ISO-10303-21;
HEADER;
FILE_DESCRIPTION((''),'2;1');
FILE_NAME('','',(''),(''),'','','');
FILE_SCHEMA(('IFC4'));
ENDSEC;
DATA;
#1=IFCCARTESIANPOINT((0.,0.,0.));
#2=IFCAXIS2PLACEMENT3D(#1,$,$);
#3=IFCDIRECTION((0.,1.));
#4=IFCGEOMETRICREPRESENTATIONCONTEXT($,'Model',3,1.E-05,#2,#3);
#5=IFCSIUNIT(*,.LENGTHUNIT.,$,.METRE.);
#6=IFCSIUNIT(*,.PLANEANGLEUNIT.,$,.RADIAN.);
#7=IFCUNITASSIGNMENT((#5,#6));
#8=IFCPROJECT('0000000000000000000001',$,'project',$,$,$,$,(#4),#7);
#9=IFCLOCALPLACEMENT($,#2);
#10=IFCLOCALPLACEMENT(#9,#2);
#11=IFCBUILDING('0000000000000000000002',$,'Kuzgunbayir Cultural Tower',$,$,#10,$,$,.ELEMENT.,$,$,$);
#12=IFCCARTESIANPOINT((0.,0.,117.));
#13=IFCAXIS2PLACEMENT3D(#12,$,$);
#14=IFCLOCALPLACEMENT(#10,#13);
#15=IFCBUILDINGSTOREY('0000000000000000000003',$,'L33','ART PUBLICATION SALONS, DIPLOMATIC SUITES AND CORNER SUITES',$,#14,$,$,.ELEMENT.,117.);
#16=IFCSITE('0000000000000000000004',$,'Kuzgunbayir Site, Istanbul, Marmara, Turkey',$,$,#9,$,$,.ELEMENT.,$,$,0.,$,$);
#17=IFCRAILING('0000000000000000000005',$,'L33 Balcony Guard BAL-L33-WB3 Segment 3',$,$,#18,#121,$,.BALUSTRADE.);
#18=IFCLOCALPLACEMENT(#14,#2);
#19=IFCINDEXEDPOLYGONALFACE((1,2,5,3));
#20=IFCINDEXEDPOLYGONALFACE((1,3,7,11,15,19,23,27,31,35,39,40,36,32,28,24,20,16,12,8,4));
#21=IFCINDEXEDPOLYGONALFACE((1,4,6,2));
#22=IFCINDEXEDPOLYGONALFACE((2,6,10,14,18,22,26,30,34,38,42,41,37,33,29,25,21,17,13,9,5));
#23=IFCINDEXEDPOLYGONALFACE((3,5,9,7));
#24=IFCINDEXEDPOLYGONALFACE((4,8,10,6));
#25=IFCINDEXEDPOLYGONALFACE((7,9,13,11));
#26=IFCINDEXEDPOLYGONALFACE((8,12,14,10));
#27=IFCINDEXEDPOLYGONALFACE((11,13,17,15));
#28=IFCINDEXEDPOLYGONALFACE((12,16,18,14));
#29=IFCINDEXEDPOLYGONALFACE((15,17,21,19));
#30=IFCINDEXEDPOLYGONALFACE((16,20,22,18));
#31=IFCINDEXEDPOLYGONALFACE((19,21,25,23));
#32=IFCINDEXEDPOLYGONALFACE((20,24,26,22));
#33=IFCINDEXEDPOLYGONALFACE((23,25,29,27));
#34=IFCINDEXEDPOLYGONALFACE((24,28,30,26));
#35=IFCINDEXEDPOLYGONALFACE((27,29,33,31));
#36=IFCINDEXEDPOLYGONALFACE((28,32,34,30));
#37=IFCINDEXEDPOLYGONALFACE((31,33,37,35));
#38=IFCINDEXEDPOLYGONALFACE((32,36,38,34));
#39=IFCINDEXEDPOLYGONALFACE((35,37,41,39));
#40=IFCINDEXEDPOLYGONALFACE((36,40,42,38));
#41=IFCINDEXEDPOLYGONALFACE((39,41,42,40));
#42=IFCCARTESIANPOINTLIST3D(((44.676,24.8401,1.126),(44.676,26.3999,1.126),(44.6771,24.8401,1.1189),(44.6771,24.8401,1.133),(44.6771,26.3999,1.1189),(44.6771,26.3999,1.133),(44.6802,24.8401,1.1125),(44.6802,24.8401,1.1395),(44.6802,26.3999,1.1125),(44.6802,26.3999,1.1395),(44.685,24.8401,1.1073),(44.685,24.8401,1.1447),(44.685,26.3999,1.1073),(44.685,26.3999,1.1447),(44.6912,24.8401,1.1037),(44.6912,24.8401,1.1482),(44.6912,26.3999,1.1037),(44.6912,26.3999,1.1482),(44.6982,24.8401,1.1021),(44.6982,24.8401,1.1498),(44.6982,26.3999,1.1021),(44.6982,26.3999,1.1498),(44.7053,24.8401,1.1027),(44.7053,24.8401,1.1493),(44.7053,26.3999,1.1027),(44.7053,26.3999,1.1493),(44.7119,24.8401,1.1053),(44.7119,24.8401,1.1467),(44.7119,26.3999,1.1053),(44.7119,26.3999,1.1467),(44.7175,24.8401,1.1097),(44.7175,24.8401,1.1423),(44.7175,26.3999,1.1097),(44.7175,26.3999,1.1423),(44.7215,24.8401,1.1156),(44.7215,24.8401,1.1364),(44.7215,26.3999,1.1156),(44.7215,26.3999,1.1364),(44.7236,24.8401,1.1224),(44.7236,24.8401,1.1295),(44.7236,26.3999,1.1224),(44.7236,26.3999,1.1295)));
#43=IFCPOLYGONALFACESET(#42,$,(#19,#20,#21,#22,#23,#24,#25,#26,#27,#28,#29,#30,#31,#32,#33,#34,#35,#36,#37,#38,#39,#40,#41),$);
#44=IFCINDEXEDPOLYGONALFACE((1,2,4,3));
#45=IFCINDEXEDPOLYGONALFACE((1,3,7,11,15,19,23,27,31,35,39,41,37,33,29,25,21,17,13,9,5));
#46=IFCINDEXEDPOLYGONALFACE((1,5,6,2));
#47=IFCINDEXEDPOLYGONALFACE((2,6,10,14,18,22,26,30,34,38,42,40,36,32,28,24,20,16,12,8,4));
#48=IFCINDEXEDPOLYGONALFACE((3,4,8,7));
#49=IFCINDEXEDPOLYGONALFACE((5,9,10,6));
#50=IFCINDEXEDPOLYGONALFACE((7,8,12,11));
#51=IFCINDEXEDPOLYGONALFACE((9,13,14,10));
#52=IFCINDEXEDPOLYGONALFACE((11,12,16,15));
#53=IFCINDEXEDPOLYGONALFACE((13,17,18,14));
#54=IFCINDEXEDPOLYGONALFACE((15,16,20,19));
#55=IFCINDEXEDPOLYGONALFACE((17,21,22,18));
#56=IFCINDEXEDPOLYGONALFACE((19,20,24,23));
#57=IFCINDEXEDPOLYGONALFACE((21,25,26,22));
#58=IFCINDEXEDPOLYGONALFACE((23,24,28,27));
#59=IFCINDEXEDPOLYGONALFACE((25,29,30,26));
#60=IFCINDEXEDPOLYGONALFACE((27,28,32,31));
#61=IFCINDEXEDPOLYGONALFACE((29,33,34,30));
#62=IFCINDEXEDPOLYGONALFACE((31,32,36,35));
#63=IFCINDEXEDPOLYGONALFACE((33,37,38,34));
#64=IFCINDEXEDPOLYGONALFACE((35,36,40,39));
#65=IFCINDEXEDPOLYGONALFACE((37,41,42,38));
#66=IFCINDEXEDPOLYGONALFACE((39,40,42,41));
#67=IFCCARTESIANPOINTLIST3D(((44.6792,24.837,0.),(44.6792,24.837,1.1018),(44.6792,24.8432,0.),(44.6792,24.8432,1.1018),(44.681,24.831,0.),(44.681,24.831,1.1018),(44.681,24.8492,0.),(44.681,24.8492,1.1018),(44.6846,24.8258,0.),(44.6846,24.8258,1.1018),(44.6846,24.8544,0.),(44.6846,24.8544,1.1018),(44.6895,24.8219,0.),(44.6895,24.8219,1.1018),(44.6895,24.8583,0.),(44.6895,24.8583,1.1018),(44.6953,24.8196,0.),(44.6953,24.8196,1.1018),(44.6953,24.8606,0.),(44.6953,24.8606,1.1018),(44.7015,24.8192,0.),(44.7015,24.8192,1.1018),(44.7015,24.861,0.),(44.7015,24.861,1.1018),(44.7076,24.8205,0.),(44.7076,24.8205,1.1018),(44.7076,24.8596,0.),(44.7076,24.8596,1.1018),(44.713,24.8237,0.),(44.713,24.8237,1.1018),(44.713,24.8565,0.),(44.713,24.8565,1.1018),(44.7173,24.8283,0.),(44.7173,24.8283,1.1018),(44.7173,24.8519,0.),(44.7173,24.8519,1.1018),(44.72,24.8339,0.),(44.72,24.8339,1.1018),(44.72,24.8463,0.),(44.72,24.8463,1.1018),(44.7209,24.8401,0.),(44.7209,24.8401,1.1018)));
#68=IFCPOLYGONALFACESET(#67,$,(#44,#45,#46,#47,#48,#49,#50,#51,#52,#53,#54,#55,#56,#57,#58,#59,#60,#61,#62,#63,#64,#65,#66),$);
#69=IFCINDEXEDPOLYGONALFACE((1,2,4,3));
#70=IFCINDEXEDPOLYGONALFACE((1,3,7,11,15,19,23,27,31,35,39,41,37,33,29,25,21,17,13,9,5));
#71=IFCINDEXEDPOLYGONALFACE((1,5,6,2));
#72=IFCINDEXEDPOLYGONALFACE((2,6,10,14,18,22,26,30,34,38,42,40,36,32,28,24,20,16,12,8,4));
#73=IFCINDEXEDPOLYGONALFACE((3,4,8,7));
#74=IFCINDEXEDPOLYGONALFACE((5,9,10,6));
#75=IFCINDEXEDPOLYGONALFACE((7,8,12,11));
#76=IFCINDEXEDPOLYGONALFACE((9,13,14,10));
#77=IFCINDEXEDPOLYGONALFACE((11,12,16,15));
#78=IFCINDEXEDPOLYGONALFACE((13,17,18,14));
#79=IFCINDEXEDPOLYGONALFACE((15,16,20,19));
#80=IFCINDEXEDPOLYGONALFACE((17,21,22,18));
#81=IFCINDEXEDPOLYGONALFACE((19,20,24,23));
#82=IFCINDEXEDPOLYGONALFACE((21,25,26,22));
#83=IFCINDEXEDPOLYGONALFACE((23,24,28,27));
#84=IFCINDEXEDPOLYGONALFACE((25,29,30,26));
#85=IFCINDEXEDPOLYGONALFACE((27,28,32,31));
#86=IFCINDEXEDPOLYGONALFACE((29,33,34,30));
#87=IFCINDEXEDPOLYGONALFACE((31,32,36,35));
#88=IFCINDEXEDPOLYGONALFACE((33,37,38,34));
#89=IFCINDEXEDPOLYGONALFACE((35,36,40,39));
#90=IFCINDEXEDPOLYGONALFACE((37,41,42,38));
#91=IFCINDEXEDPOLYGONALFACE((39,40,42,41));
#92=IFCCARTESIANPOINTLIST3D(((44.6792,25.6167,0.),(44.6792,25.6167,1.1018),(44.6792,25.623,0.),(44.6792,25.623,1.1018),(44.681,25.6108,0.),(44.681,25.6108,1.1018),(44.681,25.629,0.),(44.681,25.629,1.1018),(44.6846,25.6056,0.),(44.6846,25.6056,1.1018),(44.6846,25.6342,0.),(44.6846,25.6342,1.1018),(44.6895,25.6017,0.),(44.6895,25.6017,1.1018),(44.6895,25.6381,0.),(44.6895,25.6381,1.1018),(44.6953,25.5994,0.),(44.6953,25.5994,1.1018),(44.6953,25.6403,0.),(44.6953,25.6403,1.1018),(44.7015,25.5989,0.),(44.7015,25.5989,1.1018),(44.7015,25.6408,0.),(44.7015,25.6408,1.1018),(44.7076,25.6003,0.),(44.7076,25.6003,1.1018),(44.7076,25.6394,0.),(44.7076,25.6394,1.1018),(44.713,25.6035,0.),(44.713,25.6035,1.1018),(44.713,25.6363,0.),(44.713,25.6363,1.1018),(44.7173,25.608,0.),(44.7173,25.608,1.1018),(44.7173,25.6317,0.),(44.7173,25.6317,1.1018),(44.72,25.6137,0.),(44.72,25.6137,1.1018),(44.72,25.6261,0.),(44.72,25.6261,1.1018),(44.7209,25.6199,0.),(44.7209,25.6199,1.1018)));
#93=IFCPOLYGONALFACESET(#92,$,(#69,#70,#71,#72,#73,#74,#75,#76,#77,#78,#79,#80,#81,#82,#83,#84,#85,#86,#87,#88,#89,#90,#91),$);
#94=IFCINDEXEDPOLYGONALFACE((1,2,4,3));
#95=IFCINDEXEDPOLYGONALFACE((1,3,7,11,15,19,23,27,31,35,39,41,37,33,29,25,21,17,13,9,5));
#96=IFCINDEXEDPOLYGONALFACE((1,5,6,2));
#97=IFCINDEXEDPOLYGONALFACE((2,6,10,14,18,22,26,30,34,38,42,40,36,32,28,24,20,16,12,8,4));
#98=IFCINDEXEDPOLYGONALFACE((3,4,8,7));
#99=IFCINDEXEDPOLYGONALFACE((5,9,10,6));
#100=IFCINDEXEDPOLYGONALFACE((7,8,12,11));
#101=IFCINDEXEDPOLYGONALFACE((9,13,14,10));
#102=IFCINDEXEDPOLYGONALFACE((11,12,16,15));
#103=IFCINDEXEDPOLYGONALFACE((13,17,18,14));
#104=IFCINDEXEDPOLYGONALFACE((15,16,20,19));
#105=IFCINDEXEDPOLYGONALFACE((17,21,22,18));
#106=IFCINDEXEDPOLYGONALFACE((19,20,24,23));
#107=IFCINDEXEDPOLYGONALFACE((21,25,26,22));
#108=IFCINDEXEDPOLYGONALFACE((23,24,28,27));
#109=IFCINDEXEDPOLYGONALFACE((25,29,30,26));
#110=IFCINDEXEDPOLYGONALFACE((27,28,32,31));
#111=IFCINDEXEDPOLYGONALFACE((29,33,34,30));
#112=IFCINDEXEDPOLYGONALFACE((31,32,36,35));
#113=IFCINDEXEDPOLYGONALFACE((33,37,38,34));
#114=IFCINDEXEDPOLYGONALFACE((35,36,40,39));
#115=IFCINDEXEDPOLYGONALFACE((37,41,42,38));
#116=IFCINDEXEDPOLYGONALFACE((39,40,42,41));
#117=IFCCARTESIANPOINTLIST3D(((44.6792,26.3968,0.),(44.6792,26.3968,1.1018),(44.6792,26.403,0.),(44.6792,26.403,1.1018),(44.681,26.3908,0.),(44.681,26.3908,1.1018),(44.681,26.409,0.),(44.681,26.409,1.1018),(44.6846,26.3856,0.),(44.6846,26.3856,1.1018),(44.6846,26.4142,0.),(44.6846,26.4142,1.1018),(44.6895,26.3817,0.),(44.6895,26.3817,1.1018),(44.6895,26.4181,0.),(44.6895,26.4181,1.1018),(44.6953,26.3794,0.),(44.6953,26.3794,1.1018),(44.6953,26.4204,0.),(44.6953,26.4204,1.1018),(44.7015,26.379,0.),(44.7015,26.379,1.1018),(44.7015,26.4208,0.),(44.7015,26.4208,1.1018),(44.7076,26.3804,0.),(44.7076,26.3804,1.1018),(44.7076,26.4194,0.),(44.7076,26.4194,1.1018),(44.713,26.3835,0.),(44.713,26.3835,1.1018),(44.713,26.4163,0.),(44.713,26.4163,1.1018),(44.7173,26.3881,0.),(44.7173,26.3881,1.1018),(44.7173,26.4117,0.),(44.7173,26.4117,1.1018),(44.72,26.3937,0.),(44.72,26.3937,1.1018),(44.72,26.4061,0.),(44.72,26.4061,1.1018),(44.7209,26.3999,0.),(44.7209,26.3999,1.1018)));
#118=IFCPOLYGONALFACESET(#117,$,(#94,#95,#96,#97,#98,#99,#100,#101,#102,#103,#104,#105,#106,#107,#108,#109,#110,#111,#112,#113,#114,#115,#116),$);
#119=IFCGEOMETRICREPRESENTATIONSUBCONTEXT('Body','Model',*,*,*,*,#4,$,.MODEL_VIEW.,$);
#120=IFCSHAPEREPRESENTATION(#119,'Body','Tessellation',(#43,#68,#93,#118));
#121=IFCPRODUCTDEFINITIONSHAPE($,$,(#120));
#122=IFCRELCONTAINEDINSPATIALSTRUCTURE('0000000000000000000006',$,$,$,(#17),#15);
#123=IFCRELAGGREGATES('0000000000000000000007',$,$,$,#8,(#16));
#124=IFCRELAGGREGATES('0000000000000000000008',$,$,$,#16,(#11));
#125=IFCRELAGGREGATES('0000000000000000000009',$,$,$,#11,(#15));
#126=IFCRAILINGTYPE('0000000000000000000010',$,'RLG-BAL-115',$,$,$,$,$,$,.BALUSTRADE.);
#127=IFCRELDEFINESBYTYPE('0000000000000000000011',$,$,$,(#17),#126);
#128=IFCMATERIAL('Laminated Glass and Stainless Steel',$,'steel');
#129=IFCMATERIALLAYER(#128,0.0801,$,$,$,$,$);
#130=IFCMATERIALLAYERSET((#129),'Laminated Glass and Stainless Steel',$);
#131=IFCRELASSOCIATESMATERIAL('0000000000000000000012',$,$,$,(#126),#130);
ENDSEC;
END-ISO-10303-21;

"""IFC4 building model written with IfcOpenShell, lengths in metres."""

from ifc_helpers import new_model, si_unit, direction, frame, origin, origin_2d, place, context, subcontext, project, spatial, circle, extrude, material, layer, layer_set, type_object, element, save


model = new_model("IFC4")

# Units and contexts
model_context = context("Model", 3, precision=1e-05, world=origin(), true_north=direction((0.0, 1.0)))
body_context = subcontext(model_context, "Body", "Model", "MODEL_VIEW")
ifc_project = project(units=[si_unit("LENGTHUNIT", "METRE"), si_unit("PLANEANGLEUNIT", "RADIAN")], contexts=[model_context])

# Site, building, storey
site_placement = place(None, origin())
site = spatial("IfcSite", under=ifc_project, at=site_placement, Name="Kuzgunbayir Site, Istanbul, Marmara, Turkey", CompositionType="ELEMENT", RefElevation=0.0)
building_placement = place(site_placement, origin())
building = spatial("IfcBuilding", under=site, at=building_placement, Name="Kuzgunbayir Cultural Tower", CompositionType="ELEMENT")
storey_placement = place(building_placement, frame((0.0, 0.0, 117.0)))
storey = spatial("IfcBuildingStorey", under=building, at=storey_placement, Name="L33", Description="ART PUBLICATION SALONS, DIPLOMATIC SUITES AND CORNER SUITES", CompositionType="ELEMENT", Elevation=117.0)

# Railing
ifc_material_1 = material(Name="Laminated Glass and Stainless Steel", Category="steel")
ifc_layer_1 = layer(ifc_material_1, 0.0801)
ifc_layer_set_1 = layer_set([ifc_layer_1], Name="Laminated Glass and Stainless Steel")
railing_type = type_object("IfcRailingType", Name="RLG-BAL-115", PredefinedType="BALUSTRADE", material=ifc_layer_set_1)
railing_1_placement = place(storey_placement, frame((44.7, 24.8401, 0.0)))
element("IfcRailing", 1, at=railing_1_placement, inside=storey, type_object=railing_type, Name="L33 Balcony Guard BAL-L33-WB3 Segment 3", PredefinedType="BALUSTRADE", context=body_context, shape_type="SweptSolid", body=[
    extrude(circle(Radius=0.0239, at=origin_2d()), frame((0.0, 0.0, 1.126), z_axis=(0.0, 1.0, 0.0), x_axis=(-1.0, 0.0, 0.0)), (0.0, 0.0, 1.0), 1.5598),
    extrude(circle(Radius=0.021, at=origin_2d()), origin(), (0.0, 0.0, 1.0), 1.1018),
    extrude(circle(Radius=0.021, at=origin_2d()), frame((0.0, 0.7798, 0.0)), (0.0, 0.0, 1.0), 1.1018),
    extrude(circle(Radius=0.021, at=origin_2d()), frame((0.0, 1.5598, 0.0)), (0.0, 0.0, 1.0), 1.1018),
])

save(model, "model.ifc")
